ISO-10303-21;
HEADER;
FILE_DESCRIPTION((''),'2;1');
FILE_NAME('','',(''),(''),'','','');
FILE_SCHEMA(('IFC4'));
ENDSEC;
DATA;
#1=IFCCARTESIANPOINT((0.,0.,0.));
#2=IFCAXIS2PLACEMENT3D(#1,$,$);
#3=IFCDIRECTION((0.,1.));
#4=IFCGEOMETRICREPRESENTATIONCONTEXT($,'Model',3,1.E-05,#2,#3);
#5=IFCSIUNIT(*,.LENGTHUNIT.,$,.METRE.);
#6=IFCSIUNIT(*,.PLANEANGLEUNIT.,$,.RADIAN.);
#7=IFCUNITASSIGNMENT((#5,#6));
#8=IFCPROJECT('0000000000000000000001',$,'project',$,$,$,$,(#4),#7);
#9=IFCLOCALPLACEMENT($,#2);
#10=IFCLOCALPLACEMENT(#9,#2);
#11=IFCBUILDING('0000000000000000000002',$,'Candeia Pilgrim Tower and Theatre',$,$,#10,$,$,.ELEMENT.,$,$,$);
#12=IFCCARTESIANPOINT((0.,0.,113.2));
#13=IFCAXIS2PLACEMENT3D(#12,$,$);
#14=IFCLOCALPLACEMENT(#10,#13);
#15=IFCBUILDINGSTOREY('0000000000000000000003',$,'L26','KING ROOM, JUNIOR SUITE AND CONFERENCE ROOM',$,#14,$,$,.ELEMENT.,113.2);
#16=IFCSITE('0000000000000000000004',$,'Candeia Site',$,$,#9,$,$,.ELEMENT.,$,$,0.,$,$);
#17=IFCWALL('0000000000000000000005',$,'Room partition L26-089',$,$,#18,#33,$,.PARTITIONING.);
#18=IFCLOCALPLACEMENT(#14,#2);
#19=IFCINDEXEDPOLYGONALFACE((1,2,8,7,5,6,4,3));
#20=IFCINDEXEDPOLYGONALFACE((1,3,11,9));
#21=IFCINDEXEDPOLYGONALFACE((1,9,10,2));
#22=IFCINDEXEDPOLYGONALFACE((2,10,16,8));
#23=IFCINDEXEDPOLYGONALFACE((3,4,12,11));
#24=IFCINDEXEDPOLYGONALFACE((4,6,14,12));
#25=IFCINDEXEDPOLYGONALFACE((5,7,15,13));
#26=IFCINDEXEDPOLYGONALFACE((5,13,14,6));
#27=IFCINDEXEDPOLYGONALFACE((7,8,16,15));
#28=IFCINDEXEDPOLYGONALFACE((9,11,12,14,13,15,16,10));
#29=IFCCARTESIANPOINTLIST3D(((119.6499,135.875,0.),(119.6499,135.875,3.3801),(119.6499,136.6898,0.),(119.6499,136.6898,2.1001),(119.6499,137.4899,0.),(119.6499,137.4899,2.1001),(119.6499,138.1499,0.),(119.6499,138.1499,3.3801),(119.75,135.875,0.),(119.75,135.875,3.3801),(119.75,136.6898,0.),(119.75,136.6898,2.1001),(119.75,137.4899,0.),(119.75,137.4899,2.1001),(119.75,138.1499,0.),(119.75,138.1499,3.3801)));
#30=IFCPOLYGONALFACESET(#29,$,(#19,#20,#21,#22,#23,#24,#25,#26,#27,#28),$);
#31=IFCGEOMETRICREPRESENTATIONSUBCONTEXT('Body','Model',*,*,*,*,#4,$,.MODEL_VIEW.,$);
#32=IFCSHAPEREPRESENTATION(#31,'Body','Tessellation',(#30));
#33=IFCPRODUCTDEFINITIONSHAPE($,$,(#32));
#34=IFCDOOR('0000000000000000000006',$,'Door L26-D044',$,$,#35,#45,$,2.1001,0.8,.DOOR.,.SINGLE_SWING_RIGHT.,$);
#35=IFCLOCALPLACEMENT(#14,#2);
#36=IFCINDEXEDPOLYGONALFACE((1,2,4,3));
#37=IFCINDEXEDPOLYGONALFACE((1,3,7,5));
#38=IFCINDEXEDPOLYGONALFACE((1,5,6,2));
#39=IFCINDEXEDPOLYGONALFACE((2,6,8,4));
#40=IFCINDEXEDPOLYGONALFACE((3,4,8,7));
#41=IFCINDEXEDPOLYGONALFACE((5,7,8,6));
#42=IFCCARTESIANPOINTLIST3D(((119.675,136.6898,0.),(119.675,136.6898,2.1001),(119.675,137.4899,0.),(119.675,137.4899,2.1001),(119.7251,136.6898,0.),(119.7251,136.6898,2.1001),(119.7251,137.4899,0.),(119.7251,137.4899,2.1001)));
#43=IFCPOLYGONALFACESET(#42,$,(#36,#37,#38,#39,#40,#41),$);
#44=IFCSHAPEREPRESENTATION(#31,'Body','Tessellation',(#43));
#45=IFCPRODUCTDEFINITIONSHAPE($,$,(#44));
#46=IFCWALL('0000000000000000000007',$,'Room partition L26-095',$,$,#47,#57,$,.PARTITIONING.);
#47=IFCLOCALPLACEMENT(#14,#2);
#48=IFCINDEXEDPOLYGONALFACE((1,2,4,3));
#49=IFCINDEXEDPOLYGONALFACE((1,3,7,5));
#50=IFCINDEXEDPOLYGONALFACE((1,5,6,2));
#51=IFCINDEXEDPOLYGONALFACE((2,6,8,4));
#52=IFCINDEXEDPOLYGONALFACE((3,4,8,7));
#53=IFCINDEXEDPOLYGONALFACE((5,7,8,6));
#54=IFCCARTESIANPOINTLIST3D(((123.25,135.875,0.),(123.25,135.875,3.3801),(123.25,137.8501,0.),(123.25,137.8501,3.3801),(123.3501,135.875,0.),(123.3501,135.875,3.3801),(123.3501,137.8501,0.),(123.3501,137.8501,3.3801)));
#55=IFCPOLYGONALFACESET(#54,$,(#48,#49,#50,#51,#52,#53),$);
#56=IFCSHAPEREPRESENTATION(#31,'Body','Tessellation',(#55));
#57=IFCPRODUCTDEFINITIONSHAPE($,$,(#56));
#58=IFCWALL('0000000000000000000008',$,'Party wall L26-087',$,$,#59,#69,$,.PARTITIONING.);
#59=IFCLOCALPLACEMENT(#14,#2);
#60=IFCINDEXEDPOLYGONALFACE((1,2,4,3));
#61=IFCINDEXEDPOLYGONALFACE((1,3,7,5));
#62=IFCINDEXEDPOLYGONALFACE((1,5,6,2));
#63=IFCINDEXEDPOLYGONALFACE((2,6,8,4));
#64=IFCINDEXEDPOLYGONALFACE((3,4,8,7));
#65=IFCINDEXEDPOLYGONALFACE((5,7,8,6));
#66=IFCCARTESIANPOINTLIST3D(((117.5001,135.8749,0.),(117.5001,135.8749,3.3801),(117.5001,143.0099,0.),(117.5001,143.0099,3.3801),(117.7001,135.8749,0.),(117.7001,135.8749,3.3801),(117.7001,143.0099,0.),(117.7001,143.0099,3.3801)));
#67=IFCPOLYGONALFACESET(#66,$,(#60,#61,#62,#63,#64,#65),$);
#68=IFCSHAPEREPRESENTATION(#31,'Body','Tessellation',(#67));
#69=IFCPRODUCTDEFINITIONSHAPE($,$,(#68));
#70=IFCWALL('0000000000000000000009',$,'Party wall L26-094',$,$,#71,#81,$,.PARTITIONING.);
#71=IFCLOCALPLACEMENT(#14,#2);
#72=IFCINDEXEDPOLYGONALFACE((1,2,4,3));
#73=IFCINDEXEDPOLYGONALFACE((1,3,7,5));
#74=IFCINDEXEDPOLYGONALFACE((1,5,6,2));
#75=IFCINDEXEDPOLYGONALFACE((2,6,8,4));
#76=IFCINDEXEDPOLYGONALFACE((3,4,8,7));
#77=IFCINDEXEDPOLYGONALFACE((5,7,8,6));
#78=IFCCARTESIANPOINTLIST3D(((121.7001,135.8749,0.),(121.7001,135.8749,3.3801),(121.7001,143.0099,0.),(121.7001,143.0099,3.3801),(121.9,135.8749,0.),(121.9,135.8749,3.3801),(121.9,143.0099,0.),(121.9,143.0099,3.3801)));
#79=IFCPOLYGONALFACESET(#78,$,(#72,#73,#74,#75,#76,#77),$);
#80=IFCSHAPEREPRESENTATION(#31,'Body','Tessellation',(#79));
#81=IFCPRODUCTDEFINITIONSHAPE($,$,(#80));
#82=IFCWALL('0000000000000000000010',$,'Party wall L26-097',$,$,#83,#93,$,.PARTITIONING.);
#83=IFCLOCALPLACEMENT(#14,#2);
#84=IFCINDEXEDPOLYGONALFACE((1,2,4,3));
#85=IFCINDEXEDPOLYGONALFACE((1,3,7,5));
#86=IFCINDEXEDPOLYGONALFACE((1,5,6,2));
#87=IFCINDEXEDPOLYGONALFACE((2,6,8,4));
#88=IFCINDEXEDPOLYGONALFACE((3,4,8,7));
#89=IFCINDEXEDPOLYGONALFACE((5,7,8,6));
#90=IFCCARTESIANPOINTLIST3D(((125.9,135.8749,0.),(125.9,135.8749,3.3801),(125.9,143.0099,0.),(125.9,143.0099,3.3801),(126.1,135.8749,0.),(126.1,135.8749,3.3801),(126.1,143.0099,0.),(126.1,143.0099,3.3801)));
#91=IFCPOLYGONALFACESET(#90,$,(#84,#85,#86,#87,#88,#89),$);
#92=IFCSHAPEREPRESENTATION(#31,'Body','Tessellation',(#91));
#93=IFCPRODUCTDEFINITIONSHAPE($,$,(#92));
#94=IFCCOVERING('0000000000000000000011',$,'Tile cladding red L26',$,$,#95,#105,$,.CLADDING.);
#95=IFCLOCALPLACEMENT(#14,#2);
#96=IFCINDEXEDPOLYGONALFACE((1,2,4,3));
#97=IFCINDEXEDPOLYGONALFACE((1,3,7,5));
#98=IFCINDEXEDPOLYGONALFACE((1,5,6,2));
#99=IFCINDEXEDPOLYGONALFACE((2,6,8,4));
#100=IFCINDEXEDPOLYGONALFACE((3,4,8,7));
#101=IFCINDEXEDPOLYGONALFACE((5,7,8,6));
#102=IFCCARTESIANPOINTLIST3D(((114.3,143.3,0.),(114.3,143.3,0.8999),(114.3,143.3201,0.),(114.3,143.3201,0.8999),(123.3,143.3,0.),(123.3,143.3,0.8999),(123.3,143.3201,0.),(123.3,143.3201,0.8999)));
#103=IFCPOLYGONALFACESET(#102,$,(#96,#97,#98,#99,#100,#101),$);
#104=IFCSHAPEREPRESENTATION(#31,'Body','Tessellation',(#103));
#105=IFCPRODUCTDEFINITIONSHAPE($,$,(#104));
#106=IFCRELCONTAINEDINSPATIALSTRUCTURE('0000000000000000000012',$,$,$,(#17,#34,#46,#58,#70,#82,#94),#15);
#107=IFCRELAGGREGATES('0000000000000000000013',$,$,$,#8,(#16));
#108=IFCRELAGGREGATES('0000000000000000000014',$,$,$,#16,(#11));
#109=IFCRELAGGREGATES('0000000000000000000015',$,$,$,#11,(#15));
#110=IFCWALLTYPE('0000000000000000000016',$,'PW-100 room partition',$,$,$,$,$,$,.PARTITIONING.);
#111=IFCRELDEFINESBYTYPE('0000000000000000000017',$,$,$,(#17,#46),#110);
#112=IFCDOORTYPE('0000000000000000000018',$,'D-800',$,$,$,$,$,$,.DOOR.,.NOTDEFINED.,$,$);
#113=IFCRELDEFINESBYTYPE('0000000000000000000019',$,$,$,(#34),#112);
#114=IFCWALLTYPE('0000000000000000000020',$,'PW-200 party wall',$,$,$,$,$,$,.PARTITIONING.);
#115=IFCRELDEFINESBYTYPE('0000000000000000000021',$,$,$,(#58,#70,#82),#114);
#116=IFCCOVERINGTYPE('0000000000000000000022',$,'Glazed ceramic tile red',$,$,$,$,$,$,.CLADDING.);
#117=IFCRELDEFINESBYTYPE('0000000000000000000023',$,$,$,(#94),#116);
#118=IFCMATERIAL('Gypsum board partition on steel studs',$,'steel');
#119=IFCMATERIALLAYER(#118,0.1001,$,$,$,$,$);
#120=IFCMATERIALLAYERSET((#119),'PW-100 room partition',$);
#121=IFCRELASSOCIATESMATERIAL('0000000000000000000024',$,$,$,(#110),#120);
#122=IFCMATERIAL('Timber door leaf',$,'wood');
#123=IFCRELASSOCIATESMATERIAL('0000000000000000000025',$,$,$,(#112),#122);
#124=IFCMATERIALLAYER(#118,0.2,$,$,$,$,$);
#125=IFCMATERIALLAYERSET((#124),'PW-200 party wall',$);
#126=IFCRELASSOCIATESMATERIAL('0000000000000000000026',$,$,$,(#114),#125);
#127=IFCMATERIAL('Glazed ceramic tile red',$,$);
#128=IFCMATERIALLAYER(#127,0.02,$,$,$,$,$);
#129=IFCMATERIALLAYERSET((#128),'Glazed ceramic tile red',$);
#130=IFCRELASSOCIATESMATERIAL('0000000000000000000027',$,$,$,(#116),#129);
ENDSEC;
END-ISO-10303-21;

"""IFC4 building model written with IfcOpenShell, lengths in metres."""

from ifc_helpers import new_model, si_unit, direction, frame, frame_2d, origin, origin_2d, place, context, subcontext, project, spatial, rectangle, extrude, material, layer, layer_set, type_object, element, fill, save


model = new_model("IFC4")

# Units and contexts
model_context = context("Model", 3, precision=1e-05, world=origin(), true_north=direction((0.0, 1.0)))
body_context = subcontext(model_context, "Body", "Model", "MODEL_VIEW")
ifc_project = project(units=[si_unit("LENGTHUNIT", "METRE"), si_unit("PLANEANGLEUNIT", "RADIAN")], contexts=[model_context])

# Site, building, storey
site_placement = place(None, origin())
site = spatial("IfcSite", under=ifc_project, at=site_placement, Name="Candeia Site", CompositionType="ELEMENT", RefElevation=0.0)
building_placement = place(site_placement, origin())
building = spatial("IfcBuilding", under=site, at=building_placement, Name="Candeia Pilgrim Tower and Theatre", CompositionType="ELEMENT")
storey_placement = place(building_placement, frame((0.0, 0.0, 113.2)))
storey = spatial("IfcBuildingStorey", under=building, at=storey_placement, Name="L26", Description="KING ROOM, JUNIOR SUITE AND CONFERENCE ROOM", CompositionType="ELEMENT", Elevation=113.2)

# Shared definitions
ifc_material_1 = material(Name="Gypsum board partition on steel studs", Category="steel")
ifc_layer_1 = layer(ifc_material_1, 0.1001)
ifc_layer_set_1 = layer_set([ifc_layer_1], Name="PW-100 room partition")
wall_type_1 = type_object("IfcWallType", Name="PW-100 room partition", PredefinedType="PARTITIONING", material=ifc_layer_set_1)
ifc_material_2 = material(Name="Timber door leaf", Category="wood")
door_type_1 = type_object("IfcDoorType", Name="D-800", OperationType="NOTDEFINED", PredefinedType="DOOR", material=ifc_material_2)

# Wall, opening, door
wall_1_placement = place(storey_placement, frame((119.7, 135.875, 0.0), z_axis=(0.0, 0.0, 1.0), x_axis=(0.0, 1.0, 0.0)))
wall_1 = element("IfcWall", 1, at=wall_1_placement, inside=storey, type_object=wall_type_1, Name="Room partition L26-089", PredefinedType="PARTITIONING", context=body_context, shape_type="SweptSolid", body=[
    extrude(rectangle(XDim=2.2749, YDim=0.1001, at=frame_2d((1.1375, 0.0))), origin(), (0.0, 0.0, 1.0), 3.3801),
])
opening_1_placement = place(wall_1_placement, frame((0.8149, 0.0, 0.0)))
opening_1 = element("IfcOpeningElement", 2, at=opening_1_placement, cuts=wall_1, PredefinedType="OPENING", context=body_context, shape_type="SweptSolid", body=[
    extrude(rectangle(XDim=0.8, YDim=2.1001, at=frame_2d((0.3999, 1.05))), frame((0.0, 0.0601, 0.0), z_axis=(0.0, -1.0, 0.0), x_axis=(1.0, 0.0, 0.0)), (0.0, 0.0, 1.0), 0.1201),
])
door_1_placement = place(opening_1_placement, origin())
door_1 = element("IfcDoor", 3, at=door_1_placement, inside=storey, type_object=door_type_1, Name="Door L26-D044", OperationType="SINGLE_SWING_RIGHT", OverallHeight=2.1001, OverallWidth=0.8, PredefinedType="DOOR", context=body_context, shape_type="SweptSolid", body=[
    extrude(rectangle(XDim=0.8, YDim=2.1001, at=frame_2d((0.3999, 1.05))), frame((0.0, 0.0249, 0.0), z_axis=(0.0, -1.0, 0.0), x_axis=(1.0, 0.0, 0.0)), (0.0, 0.0, 1.0), 0.05),
])
fill(opening_1, door_1)

# Walls
wall_2_placement = place(storey_placement, frame((123.3, 135.875, 0.0), z_axis=(0.0, 0.0, 1.0), x_axis=(0.0, 1.0, 0.0)))
element("IfcWall", 4, at=wall_2_placement, inside=storey, type_object=wall_type_1, Name="Room partition L26-095", PredefinedType="PARTITIONING", context=body_context, shape_type="SweptSolid", body=[
    extrude(rectangle(XDim=1.9751, YDim=0.1001, at=frame_2d((0.9875, 0.0))), origin(), (0.0, 0.0, 1.0), 3.3801),
])
ifc_layer_2 = layer(ifc_material_1, 0.2)
ifc_layer_set_2 = layer_set([ifc_layer_2], Name="PW-200 party wall")
wall_type_2 = type_object("IfcWallType", Name="PW-200 party wall", PredefinedType="PARTITIONING", material=ifc_layer_set_2)
for number, where, z_axis, x_axis, name in (
    (5, (117.6001, 135.875, 0.0), (0.0, 0.0, 1.0), (0.0, 1.0, 0.0), "Party wall L26-087"),
    (6, (121.8, 135.875, 0.0), (0.0, 0.0, 1.0), (0.0, 1.0, 0.0), "Party wall L26-094"),
    (7, (126.0, 135.875, 0.0), (0.0, 0.0, 1.0), (0.0, 1.0, 0.0), "Party wall L26-097"),
):
    element("IfcWall", number, at=place(storey_placement, frame(where, z_axis=z_axis, x_axis=x_axis)), inside=storey, type_object=wall_type_2, Name=name, PredefinedType="PARTITIONING", context=body_context, shape_type="SweptSolid", body=[
        extrude(rectangle(XDim=7.135, YDim=0.2, at=frame_2d((3.5674, 0.0))), origin(), (0.0, 0.0, 1.0), 3.3801),
    ])

# Covering
ifc_material_3 = material(Name="Glazed ceramic tile red")
ifc_layer_3 = layer(ifc_material_3, 0.02)
ifc_layer_set_3 = layer_set([ifc_layer_3], Name="Glazed ceramic tile red")
covering_type = type_object("IfcCoveringType", Name="Glazed ceramic tile red", PredefinedType="CLADDING", material=ifc_layer_set_3)
covering_placement = place(storey_placement, frame((118.8, 143.3101, 0.0), z_axis=(0.0, 0.0, 1.0), x_axis=(-1.0, 0.0, 0.0)))
element("IfcCovering", 8, at=covering_placement, inside=storey, type_object=covering_type, Name="Tile cladding red L26", PredefinedType="CLADDING", context=body_context, shape_type="SweptSolid", body=[
    extrude(rectangle(XDim=9.0, YDim=0.02, at=origin_2d()), origin(), (0.0, 0.0, 1.0), 0.8999),
])

save(model, "model.ifc")
